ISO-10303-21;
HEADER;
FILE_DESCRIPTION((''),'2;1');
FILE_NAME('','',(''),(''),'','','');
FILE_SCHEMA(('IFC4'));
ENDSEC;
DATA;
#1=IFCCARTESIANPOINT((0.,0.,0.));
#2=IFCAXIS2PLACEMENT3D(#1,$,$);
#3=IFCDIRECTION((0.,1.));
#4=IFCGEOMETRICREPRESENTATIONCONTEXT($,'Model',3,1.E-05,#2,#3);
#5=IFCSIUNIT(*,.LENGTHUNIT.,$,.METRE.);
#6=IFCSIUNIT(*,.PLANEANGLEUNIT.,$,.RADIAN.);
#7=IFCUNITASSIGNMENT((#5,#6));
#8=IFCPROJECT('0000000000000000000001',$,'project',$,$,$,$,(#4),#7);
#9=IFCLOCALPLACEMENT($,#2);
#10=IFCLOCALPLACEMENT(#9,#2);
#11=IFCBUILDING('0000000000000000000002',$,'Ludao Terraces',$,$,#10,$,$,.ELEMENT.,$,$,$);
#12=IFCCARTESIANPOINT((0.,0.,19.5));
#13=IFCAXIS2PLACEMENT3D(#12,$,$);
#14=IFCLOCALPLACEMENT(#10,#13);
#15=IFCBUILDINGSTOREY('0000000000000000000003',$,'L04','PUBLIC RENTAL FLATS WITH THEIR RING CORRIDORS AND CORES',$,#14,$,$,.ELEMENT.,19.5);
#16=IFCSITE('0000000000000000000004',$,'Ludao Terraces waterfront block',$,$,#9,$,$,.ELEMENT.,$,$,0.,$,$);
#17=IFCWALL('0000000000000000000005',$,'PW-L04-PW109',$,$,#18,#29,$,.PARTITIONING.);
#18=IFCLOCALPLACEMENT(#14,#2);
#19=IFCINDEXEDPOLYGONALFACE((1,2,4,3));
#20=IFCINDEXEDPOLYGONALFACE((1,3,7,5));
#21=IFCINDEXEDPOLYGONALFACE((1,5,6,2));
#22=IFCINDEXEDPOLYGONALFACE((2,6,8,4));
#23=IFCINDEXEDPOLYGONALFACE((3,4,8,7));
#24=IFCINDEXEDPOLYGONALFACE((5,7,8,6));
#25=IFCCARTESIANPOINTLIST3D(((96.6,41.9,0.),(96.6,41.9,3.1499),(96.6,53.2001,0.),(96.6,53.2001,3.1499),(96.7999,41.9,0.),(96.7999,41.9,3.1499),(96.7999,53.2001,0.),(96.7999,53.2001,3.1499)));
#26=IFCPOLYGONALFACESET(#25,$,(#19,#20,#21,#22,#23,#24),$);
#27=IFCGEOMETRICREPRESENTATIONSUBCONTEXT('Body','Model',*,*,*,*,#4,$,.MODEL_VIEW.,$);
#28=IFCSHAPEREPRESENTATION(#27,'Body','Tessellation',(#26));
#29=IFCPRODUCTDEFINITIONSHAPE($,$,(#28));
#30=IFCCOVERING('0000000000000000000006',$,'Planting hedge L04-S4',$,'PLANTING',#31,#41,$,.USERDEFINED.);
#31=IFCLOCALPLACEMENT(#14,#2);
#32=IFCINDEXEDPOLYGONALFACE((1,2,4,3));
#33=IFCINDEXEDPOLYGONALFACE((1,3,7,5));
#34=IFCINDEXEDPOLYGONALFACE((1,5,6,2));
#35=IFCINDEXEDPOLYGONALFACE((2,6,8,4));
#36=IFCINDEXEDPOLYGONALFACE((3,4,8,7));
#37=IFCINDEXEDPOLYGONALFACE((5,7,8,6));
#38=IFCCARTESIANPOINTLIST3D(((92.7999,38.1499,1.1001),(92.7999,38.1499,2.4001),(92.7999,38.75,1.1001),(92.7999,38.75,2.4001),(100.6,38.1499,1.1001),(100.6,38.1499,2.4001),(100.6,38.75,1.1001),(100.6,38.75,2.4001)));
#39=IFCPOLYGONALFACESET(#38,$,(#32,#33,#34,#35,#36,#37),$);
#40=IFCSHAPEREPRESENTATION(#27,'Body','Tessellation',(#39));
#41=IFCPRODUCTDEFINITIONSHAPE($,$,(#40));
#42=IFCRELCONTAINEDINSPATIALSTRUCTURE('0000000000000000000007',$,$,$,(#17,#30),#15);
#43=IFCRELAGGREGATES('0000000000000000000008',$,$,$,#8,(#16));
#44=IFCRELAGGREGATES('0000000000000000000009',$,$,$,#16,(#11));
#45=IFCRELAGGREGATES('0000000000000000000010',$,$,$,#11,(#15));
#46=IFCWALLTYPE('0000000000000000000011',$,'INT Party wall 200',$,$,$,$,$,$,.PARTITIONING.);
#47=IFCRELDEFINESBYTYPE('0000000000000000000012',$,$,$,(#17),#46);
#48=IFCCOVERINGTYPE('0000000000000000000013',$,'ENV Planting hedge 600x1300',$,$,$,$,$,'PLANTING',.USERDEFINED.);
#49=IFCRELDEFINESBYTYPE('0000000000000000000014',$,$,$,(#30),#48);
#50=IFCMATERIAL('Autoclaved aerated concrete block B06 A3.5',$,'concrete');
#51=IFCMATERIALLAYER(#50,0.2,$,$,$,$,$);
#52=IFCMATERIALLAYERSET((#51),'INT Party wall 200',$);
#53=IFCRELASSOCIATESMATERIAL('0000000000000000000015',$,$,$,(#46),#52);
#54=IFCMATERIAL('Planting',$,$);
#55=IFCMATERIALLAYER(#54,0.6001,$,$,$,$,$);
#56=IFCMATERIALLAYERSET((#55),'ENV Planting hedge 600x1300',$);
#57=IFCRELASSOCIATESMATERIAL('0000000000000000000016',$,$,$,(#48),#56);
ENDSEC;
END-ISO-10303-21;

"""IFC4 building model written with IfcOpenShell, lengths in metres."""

from ifc_helpers import new_model, si_unit, direction, frame, frame_2d, origin, origin_2d, place, context, subcontext, project, spatial, rectangle, extrude, material, layer, layer_set, type_object, element, save


model = new_model("IFC4")

# Units and contexts
model_context = context("Model", 3, precision=1e-05, world=origin(), true_north=direction((0.0, 1.0)))
body_context = subcontext(model_context, "Body", "Model", "MODEL_VIEW")
ifc_project = project(units=[si_unit("LENGTHUNIT", "METRE"), si_unit("PLANEANGLEUNIT", "RADIAN")], contexts=[model_context])

# Site, building, storey
site_placement = place(None, origin())
site = spatial("IfcSite", under=ifc_project, at=site_placement, Name="Ludao Terraces waterfront block", CompositionType="ELEMENT", RefElevation=0.0)
building_placement = place(site_placement, origin())
building = spatial("IfcBuilding", under=site, at=building_placement, Name="Ludao Terraces", CompositionType="ELEMENT")
storey_placement = place(building_placement, frame((0.0, 0.0, 19.5)))
storey = spatial("IfcBuildingStorey", under=building, at=storey_placement, Name="L04", Description="PUBLIC RENTAL FLATS WITH THEIR RING CORRIDORS AND CORES", CompositionType="ELEMENT", Elevation=19.5)

# Wall
ifc_material_1 = material(Name="Autoclaved aerated concrete block B06 A3.5", Category="concrete")
ifc_layer_1 = layer(ifc_material_1, 0.2)
ifc_layer_set_1 = layer_set([ifc_layer_1], Name="INT Party wall 200")
wall_type_1 = type_object("IfcWallType", Name="INT Party wall 200", PredefinedType="PARTITIONING", material=ifc_layer_set_1)
wall_1_placement = place(storey_placement, frame((96.7, 41.9001, 0.0), z_axis=(0.0, 0.0, 1.0), x_axis=(0.0, 1.0, 0.0)))
element("IfcWall", 1, at=wall_1_placement, inside=storey, type_object=wall_type_1, Name="PW-L04-PW109", PredefinedType="PARTITIONING", context=body_context, shape_type="SweptSolid", body=[
    extrude(rectangle(XDim=11.3, YDim=0.2, at=frame_2d((5.6499, 0.0))), origin(), (0.0, 0.0, 1.0), 3.1499),
])

# Covering
ifc_material_2 = material(Name="Planting")
ifc_layer_2 = layer(ifc_material_2, 0.6001)
ifc_layer_set_2 = layer_set([ifc_layer_2], Name="ENV Planting hedge 600x1300")
covering_type = type_object("IfcCoveringType", Name="ENV Planting hedge 600x1300", ElementType="PLANTING", PredefinedType="USERDEFINED", material=ifc_layer_set_2)
covering_placement = place(storey_placement, frame((96.7, 38.45, 1.1001), z_axis=(0.0, 0.0, 1.0), x_axis=(1.0, 0.0, 0.0)))
element("IfcCovering", 2, at=covering_placement, inside=storey, type_object=covering_type, Name="Planting hedge L04-S4", ObjectType="PLANTING", PredefinedType="USERDEFINED", context=body_context, shape_type="SweptSolid", body=[
    extrude(rectangle(XDim=7.8, YDim=0.6001, at=origin_2d()), origin(), (0.0, 0.0, 1.0), 1.3),
])

save(model, "model.ifc")
